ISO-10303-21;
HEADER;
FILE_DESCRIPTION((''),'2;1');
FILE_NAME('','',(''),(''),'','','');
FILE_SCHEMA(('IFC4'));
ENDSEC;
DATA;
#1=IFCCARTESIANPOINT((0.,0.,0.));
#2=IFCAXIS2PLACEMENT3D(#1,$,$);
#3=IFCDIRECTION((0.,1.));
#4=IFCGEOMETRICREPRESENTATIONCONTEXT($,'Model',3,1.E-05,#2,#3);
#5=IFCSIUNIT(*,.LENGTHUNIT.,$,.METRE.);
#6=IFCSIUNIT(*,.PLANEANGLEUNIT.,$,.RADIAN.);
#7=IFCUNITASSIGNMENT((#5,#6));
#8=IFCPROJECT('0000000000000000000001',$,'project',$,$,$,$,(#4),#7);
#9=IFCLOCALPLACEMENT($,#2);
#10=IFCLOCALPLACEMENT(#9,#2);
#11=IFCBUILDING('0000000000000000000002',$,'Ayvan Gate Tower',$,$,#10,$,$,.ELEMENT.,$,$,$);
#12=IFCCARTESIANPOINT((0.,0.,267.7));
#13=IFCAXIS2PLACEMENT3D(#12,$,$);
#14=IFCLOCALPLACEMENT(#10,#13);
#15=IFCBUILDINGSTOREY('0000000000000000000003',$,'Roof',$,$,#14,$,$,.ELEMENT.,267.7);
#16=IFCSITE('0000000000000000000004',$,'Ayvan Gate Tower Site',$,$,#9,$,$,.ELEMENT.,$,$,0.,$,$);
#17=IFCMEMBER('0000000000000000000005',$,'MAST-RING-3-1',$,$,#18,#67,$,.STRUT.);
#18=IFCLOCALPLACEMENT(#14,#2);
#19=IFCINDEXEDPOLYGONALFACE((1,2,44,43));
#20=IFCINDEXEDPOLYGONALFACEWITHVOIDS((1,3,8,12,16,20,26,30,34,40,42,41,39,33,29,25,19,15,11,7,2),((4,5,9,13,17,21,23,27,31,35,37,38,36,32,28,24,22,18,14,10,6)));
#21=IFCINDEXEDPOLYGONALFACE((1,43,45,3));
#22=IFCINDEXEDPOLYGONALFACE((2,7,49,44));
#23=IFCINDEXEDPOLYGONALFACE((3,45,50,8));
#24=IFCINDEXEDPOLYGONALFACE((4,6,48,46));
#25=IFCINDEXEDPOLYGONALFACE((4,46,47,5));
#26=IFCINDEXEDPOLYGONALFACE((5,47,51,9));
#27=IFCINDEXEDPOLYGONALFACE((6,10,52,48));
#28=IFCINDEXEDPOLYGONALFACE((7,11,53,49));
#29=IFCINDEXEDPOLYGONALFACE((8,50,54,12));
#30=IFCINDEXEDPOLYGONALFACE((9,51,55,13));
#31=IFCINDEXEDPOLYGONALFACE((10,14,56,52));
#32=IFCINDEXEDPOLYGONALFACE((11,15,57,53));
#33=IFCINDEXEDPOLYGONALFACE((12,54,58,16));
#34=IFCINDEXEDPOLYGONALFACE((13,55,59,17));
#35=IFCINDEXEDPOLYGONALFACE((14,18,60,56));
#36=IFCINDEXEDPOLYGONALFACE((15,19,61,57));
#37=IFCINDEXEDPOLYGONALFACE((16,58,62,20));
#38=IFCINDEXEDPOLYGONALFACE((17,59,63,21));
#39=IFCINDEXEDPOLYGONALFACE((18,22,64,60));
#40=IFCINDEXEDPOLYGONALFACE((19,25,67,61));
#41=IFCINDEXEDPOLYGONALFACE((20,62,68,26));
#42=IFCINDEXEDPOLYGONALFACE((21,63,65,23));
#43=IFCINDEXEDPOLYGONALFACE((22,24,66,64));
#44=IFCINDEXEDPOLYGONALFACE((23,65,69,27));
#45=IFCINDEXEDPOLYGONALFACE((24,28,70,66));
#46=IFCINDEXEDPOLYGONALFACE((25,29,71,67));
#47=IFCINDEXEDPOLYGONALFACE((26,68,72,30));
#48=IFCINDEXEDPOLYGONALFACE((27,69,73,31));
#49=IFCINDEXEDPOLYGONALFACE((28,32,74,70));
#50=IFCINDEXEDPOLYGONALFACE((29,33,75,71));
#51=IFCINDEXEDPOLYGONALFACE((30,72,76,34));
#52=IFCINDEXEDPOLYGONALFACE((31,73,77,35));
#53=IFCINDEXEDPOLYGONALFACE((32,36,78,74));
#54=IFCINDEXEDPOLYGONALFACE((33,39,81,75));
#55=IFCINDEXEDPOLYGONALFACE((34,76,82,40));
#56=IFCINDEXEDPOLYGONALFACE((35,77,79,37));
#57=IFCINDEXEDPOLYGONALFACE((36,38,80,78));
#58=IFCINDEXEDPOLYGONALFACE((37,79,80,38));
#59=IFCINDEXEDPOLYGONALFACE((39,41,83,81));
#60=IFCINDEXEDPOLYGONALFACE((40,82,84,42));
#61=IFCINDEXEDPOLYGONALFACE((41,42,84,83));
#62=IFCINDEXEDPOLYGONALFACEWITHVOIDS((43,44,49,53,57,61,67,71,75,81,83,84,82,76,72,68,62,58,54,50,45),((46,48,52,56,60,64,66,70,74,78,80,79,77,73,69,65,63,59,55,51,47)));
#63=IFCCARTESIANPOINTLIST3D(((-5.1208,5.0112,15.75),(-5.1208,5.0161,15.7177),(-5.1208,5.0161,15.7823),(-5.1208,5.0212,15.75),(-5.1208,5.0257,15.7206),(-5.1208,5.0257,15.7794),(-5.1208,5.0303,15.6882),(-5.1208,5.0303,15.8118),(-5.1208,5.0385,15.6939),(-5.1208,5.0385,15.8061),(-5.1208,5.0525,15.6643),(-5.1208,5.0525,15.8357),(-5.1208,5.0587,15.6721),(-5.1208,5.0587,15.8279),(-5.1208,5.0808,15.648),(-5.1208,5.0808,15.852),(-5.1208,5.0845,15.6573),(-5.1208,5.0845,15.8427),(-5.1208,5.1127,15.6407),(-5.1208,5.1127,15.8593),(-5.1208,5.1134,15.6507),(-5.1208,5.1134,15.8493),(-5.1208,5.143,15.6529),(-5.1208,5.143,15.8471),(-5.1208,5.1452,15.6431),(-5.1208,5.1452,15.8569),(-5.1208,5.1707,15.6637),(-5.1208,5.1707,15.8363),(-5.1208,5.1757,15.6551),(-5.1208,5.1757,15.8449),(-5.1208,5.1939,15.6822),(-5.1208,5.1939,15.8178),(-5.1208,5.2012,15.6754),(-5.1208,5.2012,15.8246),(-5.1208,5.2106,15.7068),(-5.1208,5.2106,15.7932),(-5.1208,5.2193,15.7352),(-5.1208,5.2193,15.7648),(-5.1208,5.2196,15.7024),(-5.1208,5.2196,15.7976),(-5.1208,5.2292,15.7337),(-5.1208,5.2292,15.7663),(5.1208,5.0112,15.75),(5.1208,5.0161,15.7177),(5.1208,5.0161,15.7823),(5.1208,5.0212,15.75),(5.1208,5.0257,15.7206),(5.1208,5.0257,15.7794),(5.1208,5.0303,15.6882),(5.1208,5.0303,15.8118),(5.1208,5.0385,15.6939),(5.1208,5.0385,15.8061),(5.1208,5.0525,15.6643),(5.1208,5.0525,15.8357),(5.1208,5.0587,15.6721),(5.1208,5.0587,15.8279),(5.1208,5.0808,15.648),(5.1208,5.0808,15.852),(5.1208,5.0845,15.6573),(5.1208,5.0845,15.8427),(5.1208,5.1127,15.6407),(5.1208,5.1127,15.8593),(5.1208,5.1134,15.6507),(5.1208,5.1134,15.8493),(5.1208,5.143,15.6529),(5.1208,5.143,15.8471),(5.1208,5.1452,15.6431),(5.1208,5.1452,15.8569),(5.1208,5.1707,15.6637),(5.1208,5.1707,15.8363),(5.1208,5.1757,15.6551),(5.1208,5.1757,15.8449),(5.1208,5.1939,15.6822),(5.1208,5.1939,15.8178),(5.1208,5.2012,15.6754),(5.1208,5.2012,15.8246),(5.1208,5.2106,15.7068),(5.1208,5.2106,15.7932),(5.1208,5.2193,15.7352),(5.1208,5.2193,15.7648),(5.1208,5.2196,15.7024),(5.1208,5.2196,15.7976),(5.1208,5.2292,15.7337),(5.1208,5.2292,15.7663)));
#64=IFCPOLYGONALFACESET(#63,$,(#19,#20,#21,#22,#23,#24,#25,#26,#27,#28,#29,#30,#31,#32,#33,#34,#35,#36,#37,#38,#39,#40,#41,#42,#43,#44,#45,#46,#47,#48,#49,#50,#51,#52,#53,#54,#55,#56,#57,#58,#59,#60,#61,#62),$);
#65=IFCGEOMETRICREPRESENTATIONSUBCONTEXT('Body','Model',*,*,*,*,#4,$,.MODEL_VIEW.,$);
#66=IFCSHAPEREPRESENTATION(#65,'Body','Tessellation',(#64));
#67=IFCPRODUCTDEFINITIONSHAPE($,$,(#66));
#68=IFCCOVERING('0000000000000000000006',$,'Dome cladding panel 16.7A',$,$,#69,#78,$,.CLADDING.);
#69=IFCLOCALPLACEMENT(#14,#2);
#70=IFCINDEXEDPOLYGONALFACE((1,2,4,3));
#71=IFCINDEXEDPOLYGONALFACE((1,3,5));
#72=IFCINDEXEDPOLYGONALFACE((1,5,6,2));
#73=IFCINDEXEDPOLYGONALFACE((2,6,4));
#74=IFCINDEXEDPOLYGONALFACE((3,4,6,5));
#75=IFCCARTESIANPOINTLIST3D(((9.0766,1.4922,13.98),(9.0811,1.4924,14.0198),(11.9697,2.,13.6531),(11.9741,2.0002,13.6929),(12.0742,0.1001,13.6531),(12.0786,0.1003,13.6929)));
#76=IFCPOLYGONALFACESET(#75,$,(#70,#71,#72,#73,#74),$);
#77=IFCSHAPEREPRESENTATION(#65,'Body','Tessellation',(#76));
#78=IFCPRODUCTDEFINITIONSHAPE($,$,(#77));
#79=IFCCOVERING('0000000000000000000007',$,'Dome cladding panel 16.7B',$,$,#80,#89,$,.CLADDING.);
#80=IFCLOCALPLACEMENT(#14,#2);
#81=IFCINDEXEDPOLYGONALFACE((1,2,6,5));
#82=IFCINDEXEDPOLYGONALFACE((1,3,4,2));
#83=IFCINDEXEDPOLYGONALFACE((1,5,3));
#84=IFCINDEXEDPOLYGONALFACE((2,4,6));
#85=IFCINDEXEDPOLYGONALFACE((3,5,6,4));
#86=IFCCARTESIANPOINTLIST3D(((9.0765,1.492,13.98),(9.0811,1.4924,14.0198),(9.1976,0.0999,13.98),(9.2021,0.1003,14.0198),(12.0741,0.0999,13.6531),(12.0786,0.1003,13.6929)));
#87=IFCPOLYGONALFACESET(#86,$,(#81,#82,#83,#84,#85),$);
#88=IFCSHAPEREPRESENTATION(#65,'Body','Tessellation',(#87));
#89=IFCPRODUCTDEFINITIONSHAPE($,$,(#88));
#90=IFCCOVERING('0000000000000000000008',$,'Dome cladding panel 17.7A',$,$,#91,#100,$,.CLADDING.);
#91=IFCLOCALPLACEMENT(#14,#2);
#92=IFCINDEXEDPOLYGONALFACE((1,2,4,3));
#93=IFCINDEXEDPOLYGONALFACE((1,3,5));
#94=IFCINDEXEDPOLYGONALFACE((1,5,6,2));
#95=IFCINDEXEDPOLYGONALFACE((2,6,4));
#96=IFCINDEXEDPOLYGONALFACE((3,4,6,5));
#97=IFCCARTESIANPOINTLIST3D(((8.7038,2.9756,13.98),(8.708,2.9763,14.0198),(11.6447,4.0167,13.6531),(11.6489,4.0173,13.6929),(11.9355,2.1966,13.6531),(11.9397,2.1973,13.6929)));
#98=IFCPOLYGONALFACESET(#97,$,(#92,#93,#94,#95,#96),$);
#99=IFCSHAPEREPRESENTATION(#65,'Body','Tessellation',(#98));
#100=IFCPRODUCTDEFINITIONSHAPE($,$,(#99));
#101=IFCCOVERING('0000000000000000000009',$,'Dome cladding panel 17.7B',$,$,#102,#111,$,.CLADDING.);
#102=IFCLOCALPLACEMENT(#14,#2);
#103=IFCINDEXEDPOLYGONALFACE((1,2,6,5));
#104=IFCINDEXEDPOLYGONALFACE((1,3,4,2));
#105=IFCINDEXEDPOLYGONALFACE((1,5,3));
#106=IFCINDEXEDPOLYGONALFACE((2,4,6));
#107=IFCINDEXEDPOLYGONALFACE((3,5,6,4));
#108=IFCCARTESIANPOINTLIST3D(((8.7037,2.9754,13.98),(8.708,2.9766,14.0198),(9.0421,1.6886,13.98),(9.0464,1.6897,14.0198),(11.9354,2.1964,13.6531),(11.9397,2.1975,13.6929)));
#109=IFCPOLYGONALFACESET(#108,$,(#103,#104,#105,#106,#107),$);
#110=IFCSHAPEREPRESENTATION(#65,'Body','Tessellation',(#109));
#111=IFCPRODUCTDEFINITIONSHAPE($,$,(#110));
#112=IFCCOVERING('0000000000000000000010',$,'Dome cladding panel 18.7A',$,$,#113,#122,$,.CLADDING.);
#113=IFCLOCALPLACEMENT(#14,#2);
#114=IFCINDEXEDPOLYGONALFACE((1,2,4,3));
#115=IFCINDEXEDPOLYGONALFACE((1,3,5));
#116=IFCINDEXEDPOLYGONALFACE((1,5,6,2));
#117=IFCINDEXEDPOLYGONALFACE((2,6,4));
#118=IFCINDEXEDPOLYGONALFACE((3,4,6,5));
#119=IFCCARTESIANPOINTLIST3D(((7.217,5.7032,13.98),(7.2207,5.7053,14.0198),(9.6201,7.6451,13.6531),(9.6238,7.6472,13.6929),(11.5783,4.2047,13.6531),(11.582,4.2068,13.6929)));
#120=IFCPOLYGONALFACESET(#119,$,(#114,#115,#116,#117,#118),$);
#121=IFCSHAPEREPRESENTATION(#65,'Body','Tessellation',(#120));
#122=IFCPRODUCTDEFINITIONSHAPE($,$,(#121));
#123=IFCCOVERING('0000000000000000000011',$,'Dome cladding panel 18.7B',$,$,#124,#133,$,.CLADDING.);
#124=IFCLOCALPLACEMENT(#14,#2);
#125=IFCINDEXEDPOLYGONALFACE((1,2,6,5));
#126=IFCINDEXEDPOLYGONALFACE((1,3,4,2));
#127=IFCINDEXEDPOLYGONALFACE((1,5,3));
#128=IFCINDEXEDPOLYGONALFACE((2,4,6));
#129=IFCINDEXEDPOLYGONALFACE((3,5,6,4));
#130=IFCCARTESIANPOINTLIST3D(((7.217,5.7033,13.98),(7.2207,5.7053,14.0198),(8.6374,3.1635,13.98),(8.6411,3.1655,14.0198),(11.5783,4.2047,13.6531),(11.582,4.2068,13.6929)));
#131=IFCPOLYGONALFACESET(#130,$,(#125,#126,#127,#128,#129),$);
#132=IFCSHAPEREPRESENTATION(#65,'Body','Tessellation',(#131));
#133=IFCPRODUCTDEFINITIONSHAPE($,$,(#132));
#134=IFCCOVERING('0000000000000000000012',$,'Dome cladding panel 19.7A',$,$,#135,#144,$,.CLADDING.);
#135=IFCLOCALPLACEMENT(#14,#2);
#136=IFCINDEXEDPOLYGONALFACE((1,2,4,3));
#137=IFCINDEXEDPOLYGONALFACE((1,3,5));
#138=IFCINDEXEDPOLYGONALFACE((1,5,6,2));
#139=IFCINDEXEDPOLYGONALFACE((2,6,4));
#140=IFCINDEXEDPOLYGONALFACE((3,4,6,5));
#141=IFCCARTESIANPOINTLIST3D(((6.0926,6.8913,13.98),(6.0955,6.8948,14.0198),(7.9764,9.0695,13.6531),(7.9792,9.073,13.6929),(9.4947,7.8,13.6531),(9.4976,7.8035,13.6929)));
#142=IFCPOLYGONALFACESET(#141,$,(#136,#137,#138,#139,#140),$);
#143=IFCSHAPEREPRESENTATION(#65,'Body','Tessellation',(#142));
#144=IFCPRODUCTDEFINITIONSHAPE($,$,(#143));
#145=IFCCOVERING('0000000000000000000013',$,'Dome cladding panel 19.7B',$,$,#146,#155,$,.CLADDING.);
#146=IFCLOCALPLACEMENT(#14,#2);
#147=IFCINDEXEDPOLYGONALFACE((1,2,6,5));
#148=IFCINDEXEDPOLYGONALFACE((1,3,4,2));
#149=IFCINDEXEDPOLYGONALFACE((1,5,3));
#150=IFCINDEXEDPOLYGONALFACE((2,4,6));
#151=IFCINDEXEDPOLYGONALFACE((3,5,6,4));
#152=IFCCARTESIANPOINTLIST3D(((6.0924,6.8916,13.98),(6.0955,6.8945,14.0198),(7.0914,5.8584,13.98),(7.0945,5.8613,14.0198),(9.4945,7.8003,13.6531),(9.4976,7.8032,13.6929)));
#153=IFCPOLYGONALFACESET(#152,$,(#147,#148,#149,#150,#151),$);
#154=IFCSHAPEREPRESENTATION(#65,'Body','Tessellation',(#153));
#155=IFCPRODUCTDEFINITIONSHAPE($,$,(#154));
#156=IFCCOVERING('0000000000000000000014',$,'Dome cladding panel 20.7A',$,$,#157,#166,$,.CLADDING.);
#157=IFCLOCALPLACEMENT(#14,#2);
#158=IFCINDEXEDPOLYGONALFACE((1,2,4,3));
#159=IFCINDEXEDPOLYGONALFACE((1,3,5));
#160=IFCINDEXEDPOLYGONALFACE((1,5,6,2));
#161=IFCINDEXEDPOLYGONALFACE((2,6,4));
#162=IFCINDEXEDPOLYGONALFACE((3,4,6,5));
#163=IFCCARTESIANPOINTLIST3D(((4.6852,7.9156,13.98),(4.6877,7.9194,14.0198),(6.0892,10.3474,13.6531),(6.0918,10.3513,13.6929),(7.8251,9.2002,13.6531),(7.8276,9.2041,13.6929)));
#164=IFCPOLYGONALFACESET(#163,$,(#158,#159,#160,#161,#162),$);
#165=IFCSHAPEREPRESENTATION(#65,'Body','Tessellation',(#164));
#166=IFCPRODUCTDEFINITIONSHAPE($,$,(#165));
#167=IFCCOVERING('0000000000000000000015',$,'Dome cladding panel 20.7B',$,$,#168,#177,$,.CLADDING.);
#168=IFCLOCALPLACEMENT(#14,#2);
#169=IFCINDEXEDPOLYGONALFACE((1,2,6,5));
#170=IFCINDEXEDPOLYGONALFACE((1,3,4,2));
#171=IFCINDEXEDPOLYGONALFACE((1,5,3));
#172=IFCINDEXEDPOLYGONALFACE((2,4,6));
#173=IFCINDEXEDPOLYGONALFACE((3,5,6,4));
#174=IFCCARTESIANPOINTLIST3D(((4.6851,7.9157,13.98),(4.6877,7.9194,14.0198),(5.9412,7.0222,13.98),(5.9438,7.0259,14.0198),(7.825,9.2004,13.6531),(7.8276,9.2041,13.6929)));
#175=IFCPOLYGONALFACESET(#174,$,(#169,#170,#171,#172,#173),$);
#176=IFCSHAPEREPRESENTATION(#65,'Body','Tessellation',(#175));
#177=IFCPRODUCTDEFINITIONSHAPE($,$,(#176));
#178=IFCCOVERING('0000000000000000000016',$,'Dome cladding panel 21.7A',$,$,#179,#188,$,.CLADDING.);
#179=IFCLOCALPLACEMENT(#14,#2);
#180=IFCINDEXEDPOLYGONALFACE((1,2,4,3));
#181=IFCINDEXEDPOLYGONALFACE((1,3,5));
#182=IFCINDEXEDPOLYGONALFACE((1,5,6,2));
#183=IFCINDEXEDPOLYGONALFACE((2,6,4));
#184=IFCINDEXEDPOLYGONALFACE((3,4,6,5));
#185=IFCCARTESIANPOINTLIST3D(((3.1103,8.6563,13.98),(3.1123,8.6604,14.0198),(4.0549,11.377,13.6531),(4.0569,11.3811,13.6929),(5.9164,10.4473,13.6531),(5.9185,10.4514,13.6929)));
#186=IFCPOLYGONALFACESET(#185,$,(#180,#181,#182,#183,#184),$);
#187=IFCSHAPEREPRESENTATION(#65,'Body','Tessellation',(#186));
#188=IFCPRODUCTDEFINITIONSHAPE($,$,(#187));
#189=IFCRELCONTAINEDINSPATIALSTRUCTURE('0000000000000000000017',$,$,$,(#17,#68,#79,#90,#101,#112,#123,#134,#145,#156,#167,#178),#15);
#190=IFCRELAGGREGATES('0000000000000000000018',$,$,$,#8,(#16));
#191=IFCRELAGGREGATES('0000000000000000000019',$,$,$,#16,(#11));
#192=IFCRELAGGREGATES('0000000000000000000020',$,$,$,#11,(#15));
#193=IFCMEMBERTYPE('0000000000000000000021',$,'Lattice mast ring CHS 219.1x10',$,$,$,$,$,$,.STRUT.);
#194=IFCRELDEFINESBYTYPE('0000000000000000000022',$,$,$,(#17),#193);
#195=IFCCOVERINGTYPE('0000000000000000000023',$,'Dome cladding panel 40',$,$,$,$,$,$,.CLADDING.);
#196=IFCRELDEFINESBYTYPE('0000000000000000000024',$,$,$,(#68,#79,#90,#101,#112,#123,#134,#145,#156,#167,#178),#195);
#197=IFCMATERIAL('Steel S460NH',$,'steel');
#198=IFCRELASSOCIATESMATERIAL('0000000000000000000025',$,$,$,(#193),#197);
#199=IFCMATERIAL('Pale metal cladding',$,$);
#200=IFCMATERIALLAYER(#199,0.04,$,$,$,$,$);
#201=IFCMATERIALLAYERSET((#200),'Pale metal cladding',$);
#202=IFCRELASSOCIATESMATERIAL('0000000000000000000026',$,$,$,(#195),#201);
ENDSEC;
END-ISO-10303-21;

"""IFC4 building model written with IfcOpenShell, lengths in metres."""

from ifc_helpers import new_model, si_unit, direction, frame, origin, origin_2d, place, context, subcontext, project, spatial, polyline, hollow_circle, outline, extrude, material, layer, layer_set, material_profile, profile_set, type_object, element, save


model = new_model("IFC4")

# Units and contexts
model_context = context("Model", 3, precision=1e-05, world=origin(), true_north=direction((0.0, 1.0)))
body_context = subcontext(model_context, "Body", "Model", "MODEL_VIEW")
ifc_project = project(units=[si_unit("LENGTHUNIT", "METRE"), si_unit("PLANEANGLEUNIT", "RADIAN")], contexts=[model_context])

# Site, building, storey
site_placement = place(None, origin())
site = spatial("IfcSite", under=ifc_project, at=site_placement, Name="Ayvan Gate Tower Site", CompositionType="ELEMENT", RefElevation=0.0)
building_placement = place(site_placement, origin())
building = spatial("IfcBuilding", under=site, at=building_placement, Name="Ayvan Gate Tower", CompositionType="ELEMENT")
storey_placement = place(building_placement, frame((0.0, 0.0, 267.7)))
storey = spatial("IfcBuildingStorey", under=building, at=storey_placement, Name="Roof", CompositionType="ELEMENT", Elevation=267.7)

# Member
ifc_material_1 = material(Name="Steel S460NH", Category="steel")
ifc_material_profile_1 = material_profile(ifc_material_1, hollow_circle(Radius=0.1096, WallThickness=0.01, at=origin_2d()), Name="CHS 219.1x10")
ifc_profile_set_1 = profile_set([ifc_material_profile_1], Name="Steel S460NH")
member_type_1 = type_object("IfcMemberType", Name="Lattice mast ring CHS 219.1x10", PredefinedType="STRUT", material=ifc_profile_set_1)
member_1_placement = place(storey_placement, frame((5.1208, 5.1208, 15.75), z_axis=(-1.0, 0.0, 0.0), x_axis=(0.0, -1.0, 0.0)))
element("IfcMember", 1, at=member_1_placement, inside=storey, type_object=member_type_1, Name="MAST-RING-3-1", PredefinedType="STRUT", context=body_context, shape_type="SweptSolid", body=[
    extrude(hollow_circle(Radius=0.1096, WallThickness=0.01, at=origin_2d()), origin(), (0.0, 0.0, 1.0), 10.2417),
])

# Coverings
ifc_material_2 = material(Name="Pale metal cladding")
ifc_layer_1 = layer(ifc_material_2, 0.04)
ifc_layer_set_1 = layer_set([ifc_layer_1], Name="Pale metal cladding")
covering_type = type_object("IfcCoveringType", Name="Dome cladding panel 40", PredefinedType="CLADDING", material=ifc_layer_set_1)
covering_1_placement = place(storey_placement, frame((12.0786, 0.1003, 13.6929), z_axis=(0.111219, 0.006117, 0.993777), x_axis=(-0.054916, 0.998491, 0.0)))
element("IfcCovering", 2, at=covering_1_placement, inside=storey, type_object=covering_type, Name="Dome cladding panel 16.7A", PredefinedType="CLADDING", context=body_context, shape_type="SweptSolid", body=[
    extrude(outline(polyline([(0.0, 0.0), (1.9028, 0.0), (1.5546, 2.9349), (0.0, 0.0)])), origin(), (0.0, 0.0, -1.0), 0.04),
])
covering_2_placement = place(storey_placement, frame((12.0786, 0.1003, 13.6929), z_axis=(0.112916, 0.009822, 0.993556), x_axis=(-0.902562, 0.419157, 0.098431)))
element("IfcCovering", 3, at=covering_2_placement, inside=storey, type_object=covering_type, Name="Dome cladding panel 16.7B", PredefinedType="CLADDING", context=body_context, shape_type="SweptSolid", body=[
    extrude(outline(polyline([(0.0, 0.0), (3.3212, 0.0), (2.6284, 1.2135), (0.0, 0.0)])), origin(), (0.0, 0.0, -1.0), 0.04),
])
covering_3_placement = place(storey_placement, frame((11.9397, 2.1973, 13.6929), z_axis=(0.104616, 0.016713, 0.994372), x_axis=(-0.157758, 0.987478, 0.0)))
element("IfcCovering", 4, at=covering_3_placement, inside=storey, type_object=covering_type, Name="Dome cladding panel 17.7A", PredefinedType="CLADDING", context=body_context, shape_type="SweptSolid", body=[
    extrude(outline(polyline([(0.0, 0.0), (1.8431, 0.0), (1.2791, 3.0857), (0.0, 0.0)])), origin(), (0.0, 0.0, -1.0), 0.04),
])
covering_4_placement = place(storey_placement, frame((11.9397, 2.1975, 13.6929), z_axis=(0.107335, 0.028223, 0.993822), x_axis=(-0.967485, 0.233228, 0.097867)))
element("IfcCovering", 5, at=covering_4_placement, inside=storey, type_object=covering_type, Name="Dome cladding panel 17.7B", PredefinedType="CLADDING", context=body_context, shape_type="SweptSolid", body=[
    extrude(outline(polyline([(0.0, 0.0), (3.3403, 0.0), (2.7128, 1.1734), (0.0, 0.0)])), origin(), (0.0, 0.0, -1.0), 0.04),
])
covering_5_placement = place(storey_placement, frame((11.582, 4.2068, 13.6929), z_axis=(0.092647, 0.052734, 0.994302), x_axis=(-0.49467, 0.869081, 0.0)))
element("IfcCovering", 6, at=covering_5_placement, inside=storey, type_object=covering_type, Name="Dome cladding panel 18.7A", PredefinedType="CLADDING", context=body_context, shape_type="SweptSolid", body=[
    extrude(outline(polyline([(0.0, 0.0), (3.9587, 0.0), (3.4598, 3.0665), (0.0, 0.0)])), origin(), (0.0, 0.0, -1.0), 0.04),
])
covering_6_placement = place(storey_placement, frame((11.582, 4.2068, 13.6929), z_axis=(0.092265, 0.0516, 0.994397), x_axis=(-0.943364, 0.324136, 0.07071)))
element("IfcCovering", 7, at=covering_6_placement, inside=storey, type_object=covering_type, Name="Dome cladding panel 18.7B", PredefinedType="CLADDING", context=body_context, shape_type="SweptSolid", body=[
    extrude(outline(polyline([(0.0, 0.0), (4.6232, 0.0), (2.46, 1.9465), (0.0, 0.0)])), origin(), (0.0, 0.0, -1.0), 0.04),
])
covering_7_placement = place(storey_placement, frame((9.4976, 7.8035, 13.6929), z_axis=(0.072361, 0.086541, 0.993617), x_axis=(-0.767159, 0.641458, 0.0)))
element("IfcCovering", 8, at=covering_7_placement, inside=storey, type_object=covering_type, Name="Dome cladding panel 19.7A", PredefinedType="CLADDING", context=body_context, shape_type="SweptSolid", body=[
    extrude(outline(polyline([(0.0, 0.0), (1.9791, 0.0), (2.0271, 2.8979), (0.0, 0.0)])), origin(), (0.0, 0.0, -1.0), 0.04),
])
covering_8_placement = place(storey_placement, frame((9.4976, 7.8032, 13.6929), z_axis=(0.075939, 0.073427, 0.994405), x_axis=(-0.961995, -0.256946, 0.092437)))
element("IfcCovering", 9, at=covering_8_placement, inside=storey, type_object=covering_type, Name="Dome cladding panel 19.7B", PredefinedType="CLADDING", context=body_context, shape_type="SweptSolid", body=[
    extrude(outline(polyline([(0.0, 0.0), (3.5365, 0.0), (2.8409, 1.2577), (0.0, 0.0)])), origin(), (0.0, 0.0, -1.0), 0.04),
])
covering_9_placement = place(storey_placement, frame((7.8276, 9.2041, 13.6929), z_axis=(0.063871, 0.096643, 0.993268), x_axis=(-0.834264, 0.551365, 0.0)))
element("IfcCovering", 10, at=covering_9_placement, inside=storey, type_object=covering_type, Name="Dome cladding panel 20.7A", PredefinedType="CLADDING", context=body_context, shape_type="SweptSolid", body=[
    extrude(outline(polyline([(0.0, 0.0), (2.0807, 0.0), (1.9112, 2.822), (0.0, 0.0)])), origin(), (0.0, 0.0, -1.0), 0.04),
])
covering_10_placement = place(storey_placement, frame((7.8276, 9.2041, 13.6929), z_axis=(0.065672, 0.092317, 0.993562), x_axis=(-0.921263, -0.376929, 0.095916)))
element("IfcCovering", 11, at=covering_10_placement, inside=storey, type_object=covering_type, Name="Dome cladding panel 20.7B", PredefinedType="CLADDING", context=body_context, shape_type="SweptSolid", body=[
    extrude(outline(polyline([(0.0, 0.0), (3.4082, 0.0), (2.5879, 1.3051), (0.0, 0.0)])), origin(), (0.0, 0.0, -1.0), 0.04),
])
covering_11_placement = place(storey_placement, frame((5.9185, 10.4514, 13.6929), z_axis=(0.050808, 0.101735, 0.993513), x_axis=(-0.894638, 0.446791, 0.0)))
element("IfcCovering", 12, at=covering_11_placement, inside=storey, type_object=covering_type, Name="Dome cladding panel 21.7A", PredefinedType="CLADDING", context=body_context, shape_type="SweptSolid", body=[
    extrude(outline(polyline([(0.0, 0.0), (2.0808, 0.0), (1.7103, 2.8747), (0.0, 0.0)])), origin(), (0.0, 0.0, -1.0), 0.04),
])

save(model, "model.ifc")
